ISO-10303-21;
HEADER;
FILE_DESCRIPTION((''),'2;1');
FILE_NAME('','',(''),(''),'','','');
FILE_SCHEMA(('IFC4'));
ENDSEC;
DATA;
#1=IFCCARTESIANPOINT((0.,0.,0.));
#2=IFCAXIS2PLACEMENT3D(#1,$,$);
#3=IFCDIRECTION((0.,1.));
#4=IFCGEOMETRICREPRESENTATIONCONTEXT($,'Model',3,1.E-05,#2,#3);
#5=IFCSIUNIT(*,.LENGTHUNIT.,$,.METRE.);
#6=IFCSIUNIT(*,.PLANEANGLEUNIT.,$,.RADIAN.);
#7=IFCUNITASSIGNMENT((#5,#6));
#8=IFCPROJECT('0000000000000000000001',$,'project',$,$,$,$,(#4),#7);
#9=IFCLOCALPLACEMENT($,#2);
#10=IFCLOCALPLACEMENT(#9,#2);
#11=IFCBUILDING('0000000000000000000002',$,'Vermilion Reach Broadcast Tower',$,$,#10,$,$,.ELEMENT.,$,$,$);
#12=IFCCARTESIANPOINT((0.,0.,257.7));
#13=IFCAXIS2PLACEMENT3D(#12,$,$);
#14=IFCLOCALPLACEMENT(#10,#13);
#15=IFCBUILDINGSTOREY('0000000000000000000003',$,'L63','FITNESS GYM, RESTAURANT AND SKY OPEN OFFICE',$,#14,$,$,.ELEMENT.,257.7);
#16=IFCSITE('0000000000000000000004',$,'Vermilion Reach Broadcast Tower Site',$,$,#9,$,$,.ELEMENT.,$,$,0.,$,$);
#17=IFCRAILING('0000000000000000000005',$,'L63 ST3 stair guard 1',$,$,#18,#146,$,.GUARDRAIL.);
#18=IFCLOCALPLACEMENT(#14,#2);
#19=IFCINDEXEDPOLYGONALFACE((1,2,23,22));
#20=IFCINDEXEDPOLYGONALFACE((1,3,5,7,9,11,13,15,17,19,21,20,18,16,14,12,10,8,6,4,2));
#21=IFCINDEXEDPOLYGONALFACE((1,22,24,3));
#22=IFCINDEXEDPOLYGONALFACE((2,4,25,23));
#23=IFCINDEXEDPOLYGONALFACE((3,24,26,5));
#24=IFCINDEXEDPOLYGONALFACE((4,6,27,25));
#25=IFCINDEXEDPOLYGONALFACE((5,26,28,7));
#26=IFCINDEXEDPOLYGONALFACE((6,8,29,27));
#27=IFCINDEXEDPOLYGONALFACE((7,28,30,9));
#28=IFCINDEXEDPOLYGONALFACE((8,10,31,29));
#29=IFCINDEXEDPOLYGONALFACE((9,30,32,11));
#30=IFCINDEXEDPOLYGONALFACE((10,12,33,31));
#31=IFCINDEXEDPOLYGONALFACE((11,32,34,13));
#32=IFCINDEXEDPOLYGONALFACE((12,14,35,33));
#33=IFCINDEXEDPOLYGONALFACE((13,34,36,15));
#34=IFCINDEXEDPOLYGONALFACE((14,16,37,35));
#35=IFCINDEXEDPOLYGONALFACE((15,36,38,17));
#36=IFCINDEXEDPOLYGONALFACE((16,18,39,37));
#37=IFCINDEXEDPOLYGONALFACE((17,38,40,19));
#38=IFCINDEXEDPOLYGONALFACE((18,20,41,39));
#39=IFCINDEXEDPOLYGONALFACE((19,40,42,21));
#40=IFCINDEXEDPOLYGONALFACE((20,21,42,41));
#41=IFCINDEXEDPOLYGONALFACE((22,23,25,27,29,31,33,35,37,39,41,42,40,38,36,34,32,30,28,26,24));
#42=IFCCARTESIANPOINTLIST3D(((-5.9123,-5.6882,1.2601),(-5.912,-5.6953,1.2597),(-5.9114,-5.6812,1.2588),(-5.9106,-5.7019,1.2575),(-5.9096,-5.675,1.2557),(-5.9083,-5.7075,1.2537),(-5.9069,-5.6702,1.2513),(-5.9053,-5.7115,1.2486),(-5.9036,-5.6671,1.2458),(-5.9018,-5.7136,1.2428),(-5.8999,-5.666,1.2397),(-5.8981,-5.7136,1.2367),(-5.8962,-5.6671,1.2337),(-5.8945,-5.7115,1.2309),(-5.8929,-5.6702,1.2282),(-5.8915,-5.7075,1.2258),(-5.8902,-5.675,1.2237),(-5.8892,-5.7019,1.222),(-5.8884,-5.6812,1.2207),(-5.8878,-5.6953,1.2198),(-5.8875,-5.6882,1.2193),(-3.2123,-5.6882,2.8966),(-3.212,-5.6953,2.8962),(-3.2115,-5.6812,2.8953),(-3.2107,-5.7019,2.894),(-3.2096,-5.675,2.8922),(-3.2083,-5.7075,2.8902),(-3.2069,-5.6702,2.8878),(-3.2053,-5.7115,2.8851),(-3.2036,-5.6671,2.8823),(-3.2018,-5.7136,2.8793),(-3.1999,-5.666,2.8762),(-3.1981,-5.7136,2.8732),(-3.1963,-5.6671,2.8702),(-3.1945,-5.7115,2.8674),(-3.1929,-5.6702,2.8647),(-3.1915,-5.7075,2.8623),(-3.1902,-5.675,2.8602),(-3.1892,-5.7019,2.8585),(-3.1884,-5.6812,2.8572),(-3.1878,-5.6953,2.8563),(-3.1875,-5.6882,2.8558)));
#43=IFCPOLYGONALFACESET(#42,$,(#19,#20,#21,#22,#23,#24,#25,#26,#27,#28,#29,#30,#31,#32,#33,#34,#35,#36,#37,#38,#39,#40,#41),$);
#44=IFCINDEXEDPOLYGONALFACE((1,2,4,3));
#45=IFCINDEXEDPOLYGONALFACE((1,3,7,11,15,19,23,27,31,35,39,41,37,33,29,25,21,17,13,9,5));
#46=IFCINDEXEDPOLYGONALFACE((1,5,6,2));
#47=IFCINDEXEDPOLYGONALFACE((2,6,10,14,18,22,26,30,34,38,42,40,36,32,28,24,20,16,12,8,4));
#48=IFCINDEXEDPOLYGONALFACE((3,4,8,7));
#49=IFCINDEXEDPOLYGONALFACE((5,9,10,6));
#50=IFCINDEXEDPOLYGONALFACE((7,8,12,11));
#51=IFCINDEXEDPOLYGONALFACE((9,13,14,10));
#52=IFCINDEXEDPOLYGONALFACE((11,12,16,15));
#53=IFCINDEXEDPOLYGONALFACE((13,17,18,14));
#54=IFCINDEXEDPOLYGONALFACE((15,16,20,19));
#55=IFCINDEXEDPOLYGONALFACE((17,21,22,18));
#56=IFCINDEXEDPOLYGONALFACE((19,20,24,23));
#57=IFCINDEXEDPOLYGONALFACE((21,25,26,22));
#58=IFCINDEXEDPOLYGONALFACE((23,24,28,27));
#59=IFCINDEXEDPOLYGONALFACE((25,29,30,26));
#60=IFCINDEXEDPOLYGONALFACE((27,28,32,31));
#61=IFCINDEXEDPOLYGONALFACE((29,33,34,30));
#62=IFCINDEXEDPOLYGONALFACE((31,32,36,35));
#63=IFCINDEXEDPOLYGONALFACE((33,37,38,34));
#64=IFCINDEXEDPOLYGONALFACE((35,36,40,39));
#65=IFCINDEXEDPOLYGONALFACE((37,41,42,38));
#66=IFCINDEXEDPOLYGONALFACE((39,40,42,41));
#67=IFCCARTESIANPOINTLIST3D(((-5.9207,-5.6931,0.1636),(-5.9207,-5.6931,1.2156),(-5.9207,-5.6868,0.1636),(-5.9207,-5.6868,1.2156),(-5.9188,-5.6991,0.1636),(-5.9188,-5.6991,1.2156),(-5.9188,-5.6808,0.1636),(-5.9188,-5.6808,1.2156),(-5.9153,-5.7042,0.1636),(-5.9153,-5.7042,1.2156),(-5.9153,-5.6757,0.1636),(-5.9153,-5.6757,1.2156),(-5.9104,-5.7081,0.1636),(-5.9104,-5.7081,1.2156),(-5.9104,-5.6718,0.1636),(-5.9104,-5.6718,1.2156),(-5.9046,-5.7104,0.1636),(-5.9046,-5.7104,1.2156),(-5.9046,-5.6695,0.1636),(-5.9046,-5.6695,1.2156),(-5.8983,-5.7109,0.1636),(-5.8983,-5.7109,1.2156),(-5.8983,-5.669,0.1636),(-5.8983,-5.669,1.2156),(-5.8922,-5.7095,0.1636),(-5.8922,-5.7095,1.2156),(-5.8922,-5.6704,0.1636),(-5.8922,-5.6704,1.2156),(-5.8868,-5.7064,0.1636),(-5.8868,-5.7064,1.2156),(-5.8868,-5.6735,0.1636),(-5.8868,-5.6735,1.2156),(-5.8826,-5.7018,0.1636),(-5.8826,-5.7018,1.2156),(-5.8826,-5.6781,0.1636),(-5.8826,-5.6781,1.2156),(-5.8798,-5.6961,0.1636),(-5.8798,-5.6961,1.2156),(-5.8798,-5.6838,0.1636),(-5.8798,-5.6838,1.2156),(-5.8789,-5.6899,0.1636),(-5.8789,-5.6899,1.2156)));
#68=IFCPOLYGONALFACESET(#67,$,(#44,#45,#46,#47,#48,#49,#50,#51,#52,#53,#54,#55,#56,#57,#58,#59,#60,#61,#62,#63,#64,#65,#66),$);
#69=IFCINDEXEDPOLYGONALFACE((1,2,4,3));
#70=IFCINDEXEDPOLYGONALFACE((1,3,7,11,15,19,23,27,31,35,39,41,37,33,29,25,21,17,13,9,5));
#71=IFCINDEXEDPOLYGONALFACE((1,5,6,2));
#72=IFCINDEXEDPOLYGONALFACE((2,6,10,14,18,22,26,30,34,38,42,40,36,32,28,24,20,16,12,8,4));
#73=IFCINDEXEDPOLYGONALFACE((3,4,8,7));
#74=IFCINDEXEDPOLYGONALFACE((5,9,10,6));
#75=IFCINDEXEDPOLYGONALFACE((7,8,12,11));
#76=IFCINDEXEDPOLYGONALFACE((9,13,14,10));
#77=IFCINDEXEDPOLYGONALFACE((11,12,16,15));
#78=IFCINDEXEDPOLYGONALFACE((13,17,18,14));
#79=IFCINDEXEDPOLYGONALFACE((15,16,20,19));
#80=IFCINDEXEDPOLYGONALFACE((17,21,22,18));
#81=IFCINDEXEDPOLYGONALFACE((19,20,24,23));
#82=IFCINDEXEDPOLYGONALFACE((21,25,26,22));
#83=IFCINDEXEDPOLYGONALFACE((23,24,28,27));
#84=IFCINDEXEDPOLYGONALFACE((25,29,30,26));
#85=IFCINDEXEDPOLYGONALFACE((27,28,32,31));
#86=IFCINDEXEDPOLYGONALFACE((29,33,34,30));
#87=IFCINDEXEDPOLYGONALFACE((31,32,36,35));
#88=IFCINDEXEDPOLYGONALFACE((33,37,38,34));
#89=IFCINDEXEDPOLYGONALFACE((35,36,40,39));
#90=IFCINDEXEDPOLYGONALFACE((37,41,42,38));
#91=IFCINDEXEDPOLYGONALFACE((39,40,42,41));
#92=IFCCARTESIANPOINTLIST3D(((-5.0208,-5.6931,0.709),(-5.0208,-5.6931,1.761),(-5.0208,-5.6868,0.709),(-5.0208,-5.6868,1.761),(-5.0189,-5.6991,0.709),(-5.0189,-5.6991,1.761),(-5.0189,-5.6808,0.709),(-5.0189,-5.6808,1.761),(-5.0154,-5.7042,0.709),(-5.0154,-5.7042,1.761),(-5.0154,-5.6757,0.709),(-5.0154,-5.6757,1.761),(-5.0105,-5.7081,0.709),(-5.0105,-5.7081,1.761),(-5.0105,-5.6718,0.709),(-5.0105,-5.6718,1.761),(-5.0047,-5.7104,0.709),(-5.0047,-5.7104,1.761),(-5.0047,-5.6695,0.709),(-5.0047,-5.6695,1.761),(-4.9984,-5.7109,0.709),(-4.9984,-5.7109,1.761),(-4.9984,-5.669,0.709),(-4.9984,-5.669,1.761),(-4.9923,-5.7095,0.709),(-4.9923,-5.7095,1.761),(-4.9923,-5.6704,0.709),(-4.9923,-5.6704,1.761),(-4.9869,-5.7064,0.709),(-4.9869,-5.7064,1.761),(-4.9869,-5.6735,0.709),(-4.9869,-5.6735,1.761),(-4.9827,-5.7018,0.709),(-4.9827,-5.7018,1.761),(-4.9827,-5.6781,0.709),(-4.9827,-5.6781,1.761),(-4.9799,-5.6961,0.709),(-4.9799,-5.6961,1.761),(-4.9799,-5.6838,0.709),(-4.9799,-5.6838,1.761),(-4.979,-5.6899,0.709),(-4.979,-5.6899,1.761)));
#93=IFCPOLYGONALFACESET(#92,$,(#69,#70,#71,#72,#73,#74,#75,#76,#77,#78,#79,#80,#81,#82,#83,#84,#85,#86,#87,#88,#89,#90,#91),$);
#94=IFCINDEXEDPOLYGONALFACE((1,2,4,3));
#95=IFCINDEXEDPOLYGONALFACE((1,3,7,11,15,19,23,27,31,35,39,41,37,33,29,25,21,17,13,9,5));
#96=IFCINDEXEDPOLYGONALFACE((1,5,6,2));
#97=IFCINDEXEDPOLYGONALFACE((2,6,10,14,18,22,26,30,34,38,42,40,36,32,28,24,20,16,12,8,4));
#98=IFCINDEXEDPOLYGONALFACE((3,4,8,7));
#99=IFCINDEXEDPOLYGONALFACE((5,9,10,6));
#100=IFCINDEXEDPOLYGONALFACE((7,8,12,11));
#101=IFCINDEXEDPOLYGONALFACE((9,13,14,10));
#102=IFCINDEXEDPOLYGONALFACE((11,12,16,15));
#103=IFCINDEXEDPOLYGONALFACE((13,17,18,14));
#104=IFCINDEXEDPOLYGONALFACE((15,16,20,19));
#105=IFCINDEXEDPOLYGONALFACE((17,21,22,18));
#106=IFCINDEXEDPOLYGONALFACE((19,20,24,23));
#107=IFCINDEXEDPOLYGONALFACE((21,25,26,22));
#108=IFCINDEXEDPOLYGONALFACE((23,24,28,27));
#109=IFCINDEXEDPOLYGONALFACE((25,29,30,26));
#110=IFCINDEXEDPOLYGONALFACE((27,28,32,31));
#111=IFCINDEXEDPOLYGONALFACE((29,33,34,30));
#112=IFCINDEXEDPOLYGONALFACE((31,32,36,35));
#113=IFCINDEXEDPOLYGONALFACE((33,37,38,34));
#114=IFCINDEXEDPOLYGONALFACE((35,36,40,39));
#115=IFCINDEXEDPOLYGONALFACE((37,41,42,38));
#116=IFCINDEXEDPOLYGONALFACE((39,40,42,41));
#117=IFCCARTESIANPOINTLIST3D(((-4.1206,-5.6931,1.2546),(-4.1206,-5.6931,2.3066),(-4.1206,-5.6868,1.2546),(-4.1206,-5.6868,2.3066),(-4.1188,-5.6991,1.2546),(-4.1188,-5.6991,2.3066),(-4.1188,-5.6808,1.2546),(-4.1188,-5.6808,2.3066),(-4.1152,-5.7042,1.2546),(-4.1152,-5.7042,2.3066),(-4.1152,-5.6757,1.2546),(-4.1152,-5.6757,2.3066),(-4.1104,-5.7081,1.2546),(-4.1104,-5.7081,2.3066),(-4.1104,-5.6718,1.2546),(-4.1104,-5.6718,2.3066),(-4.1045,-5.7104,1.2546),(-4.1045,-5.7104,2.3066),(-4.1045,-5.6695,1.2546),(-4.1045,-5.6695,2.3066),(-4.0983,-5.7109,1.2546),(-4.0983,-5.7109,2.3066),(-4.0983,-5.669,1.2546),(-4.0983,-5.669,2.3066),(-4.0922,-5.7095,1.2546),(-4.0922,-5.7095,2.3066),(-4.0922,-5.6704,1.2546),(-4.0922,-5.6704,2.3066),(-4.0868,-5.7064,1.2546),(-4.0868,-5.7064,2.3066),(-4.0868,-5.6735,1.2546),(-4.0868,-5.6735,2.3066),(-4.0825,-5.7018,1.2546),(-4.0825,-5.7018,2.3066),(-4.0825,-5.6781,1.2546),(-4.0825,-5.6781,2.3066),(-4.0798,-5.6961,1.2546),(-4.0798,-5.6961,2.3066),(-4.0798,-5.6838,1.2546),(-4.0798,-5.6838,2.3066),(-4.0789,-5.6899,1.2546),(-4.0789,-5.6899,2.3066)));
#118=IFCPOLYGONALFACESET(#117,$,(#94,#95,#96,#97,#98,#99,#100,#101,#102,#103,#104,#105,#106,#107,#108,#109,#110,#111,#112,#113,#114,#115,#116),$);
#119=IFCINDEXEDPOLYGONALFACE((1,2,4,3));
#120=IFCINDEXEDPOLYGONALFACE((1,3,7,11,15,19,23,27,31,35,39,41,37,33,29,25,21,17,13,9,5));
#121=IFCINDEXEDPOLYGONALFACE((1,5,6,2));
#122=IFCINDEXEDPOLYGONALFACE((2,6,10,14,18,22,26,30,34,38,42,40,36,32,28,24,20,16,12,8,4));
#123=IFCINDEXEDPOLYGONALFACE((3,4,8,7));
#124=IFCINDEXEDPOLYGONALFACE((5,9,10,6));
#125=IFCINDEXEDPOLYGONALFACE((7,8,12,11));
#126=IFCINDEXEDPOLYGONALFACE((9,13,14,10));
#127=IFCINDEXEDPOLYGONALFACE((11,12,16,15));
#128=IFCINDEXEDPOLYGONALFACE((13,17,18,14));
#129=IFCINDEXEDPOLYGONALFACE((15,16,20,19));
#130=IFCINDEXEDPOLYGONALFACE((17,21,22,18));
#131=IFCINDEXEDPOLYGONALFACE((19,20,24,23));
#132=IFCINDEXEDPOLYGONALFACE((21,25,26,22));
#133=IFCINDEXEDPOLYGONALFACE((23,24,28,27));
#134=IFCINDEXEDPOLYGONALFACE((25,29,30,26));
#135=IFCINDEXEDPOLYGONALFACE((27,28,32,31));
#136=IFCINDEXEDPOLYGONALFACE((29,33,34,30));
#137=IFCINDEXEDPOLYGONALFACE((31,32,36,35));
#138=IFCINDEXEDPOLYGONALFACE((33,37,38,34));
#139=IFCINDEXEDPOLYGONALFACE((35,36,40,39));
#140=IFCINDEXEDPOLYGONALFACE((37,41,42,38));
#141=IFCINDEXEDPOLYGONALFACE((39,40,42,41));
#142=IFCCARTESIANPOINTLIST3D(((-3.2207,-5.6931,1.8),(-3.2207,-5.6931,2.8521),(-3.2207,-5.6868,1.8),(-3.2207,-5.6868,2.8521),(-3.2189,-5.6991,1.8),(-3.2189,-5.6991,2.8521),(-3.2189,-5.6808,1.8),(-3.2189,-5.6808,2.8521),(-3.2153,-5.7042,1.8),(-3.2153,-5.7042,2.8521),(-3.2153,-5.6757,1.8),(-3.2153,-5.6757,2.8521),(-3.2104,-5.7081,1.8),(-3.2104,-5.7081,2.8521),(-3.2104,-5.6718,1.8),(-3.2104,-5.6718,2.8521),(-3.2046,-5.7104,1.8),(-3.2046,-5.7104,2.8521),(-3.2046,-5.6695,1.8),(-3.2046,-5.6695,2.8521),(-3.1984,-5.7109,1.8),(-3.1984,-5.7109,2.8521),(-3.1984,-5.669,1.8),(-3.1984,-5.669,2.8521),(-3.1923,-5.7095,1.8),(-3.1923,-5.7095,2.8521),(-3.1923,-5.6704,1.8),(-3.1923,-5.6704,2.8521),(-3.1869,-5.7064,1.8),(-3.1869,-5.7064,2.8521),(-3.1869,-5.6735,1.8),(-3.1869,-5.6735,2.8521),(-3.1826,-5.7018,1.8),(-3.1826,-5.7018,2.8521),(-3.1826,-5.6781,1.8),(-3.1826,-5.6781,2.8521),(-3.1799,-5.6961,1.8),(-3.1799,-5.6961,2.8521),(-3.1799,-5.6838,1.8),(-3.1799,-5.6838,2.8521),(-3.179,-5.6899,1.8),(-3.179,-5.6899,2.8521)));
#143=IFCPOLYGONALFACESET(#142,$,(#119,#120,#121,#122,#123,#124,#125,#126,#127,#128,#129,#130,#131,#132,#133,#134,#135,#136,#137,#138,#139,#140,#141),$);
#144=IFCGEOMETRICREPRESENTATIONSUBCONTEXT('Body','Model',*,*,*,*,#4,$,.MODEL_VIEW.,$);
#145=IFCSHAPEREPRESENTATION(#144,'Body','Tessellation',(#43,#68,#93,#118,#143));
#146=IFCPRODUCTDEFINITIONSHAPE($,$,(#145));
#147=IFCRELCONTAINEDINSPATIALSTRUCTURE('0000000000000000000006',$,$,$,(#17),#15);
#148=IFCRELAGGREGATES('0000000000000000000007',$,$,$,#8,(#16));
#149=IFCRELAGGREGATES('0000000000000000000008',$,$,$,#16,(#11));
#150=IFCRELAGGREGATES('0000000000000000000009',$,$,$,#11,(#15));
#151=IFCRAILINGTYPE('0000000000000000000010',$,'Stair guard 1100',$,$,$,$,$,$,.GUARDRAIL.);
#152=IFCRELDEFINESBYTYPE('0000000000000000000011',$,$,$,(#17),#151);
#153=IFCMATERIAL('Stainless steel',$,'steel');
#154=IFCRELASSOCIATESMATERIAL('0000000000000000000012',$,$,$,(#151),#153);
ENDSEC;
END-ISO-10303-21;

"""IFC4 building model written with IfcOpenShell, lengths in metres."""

from ifc_helpers import new_model, si_unit, direction, frame, origin, origin_2d, place, context, subcontext, project, spatial, circle, extrude, material, type_object, element, save


model = new_model("IFC4")

# Units and contexts
model_context = context("Model", 3, precision=1e-05, world=origin(), true_north=direction((0.0, 1.0)))
body_context = subcontext(model_context, "Body", "Model", "MODEL_VIEW")
ifc_project = project(units=[si_unit("LENGTHUNIT", "METRE"), si_unit("PLANEANGLEUNIT", "RADIAN")], contexts=[model_context])

# Site, building, storey
site_placement = place(None, origin())
site = spatial("IfcSite", under=ifc_project, at=site_placement, Name="Vermilion Reach Broadcast Tower Site", CompositionType="ELEMENT", RefElevation=0.0)
building_placement = place(site_placement, origin())
building = spatial("IfcBuilding", under=site, at=building_placement, Name="Vermilion Reach Broadcast Tower", CompositionType="ELEMENT")
storey_placement = place(building_placement, frame((0.0, 0.0, 257.7)))
storey = spatial("IfcBuildingStorey", under=building, at=storey_placement, Name="L63", Description="FITNESS GYM, RESTAURANT AND SKY OPEN OFFICE", CompositionType="ELEMENT", Elevation=257.7)

# Railing
ifc_material_1 = material(Name="Stainless steel", Category="steel")
railing_type_1 = type_object("IfcRailingType", Name="Stair guard 1100", PredefinedType="GUARDRAIL", material=ifc_material_1)
railing_1_placement = place(storey_placement, frame((-5.8999, -5.6899, 0.1636)))
element("IfcRailing", 1, at=railing_1_placement, inside=storey, type_object=railing_type_1, Name="L63 ST3 stair guard 1", PredefinedType="GUARDRAIL", context=body_context, shape_type="SweptSolid", body=[
    extrude(circle(Radius=0.0239, at=origin_2d()), frame((0.0, 0.0, 1.0762), z_axis=(0.855178, 0.0, 0.518334), x_axis=(0.0, 1.0, 0.0)), (0.0, 0.0, 1.0), 3.1572),
    extrude(circle(Radius=0.021, at=origin_2d()), origin(), (0.0, 0.0, 1.0), 1.052),
    extrude(circle(Radius=0.021, at=origin_2d()), frame((0.8999, 0.0, 0.5454)), (0.0, 0.0, 1.0), 1.052),
    extrude(circle(Radius=0.021, at=origin_2d()), frame((1.8, 0.0, 1.0911)), (0.0, 0.0, 1.0), 1.052),
    extrude(circle(Radius=0.021, at=origin_2d()), frame((2.7, 0.0, 1.6365)), (0.0, 0.0, 1.0), 1.052),
])

save(model, "model.ifc")
